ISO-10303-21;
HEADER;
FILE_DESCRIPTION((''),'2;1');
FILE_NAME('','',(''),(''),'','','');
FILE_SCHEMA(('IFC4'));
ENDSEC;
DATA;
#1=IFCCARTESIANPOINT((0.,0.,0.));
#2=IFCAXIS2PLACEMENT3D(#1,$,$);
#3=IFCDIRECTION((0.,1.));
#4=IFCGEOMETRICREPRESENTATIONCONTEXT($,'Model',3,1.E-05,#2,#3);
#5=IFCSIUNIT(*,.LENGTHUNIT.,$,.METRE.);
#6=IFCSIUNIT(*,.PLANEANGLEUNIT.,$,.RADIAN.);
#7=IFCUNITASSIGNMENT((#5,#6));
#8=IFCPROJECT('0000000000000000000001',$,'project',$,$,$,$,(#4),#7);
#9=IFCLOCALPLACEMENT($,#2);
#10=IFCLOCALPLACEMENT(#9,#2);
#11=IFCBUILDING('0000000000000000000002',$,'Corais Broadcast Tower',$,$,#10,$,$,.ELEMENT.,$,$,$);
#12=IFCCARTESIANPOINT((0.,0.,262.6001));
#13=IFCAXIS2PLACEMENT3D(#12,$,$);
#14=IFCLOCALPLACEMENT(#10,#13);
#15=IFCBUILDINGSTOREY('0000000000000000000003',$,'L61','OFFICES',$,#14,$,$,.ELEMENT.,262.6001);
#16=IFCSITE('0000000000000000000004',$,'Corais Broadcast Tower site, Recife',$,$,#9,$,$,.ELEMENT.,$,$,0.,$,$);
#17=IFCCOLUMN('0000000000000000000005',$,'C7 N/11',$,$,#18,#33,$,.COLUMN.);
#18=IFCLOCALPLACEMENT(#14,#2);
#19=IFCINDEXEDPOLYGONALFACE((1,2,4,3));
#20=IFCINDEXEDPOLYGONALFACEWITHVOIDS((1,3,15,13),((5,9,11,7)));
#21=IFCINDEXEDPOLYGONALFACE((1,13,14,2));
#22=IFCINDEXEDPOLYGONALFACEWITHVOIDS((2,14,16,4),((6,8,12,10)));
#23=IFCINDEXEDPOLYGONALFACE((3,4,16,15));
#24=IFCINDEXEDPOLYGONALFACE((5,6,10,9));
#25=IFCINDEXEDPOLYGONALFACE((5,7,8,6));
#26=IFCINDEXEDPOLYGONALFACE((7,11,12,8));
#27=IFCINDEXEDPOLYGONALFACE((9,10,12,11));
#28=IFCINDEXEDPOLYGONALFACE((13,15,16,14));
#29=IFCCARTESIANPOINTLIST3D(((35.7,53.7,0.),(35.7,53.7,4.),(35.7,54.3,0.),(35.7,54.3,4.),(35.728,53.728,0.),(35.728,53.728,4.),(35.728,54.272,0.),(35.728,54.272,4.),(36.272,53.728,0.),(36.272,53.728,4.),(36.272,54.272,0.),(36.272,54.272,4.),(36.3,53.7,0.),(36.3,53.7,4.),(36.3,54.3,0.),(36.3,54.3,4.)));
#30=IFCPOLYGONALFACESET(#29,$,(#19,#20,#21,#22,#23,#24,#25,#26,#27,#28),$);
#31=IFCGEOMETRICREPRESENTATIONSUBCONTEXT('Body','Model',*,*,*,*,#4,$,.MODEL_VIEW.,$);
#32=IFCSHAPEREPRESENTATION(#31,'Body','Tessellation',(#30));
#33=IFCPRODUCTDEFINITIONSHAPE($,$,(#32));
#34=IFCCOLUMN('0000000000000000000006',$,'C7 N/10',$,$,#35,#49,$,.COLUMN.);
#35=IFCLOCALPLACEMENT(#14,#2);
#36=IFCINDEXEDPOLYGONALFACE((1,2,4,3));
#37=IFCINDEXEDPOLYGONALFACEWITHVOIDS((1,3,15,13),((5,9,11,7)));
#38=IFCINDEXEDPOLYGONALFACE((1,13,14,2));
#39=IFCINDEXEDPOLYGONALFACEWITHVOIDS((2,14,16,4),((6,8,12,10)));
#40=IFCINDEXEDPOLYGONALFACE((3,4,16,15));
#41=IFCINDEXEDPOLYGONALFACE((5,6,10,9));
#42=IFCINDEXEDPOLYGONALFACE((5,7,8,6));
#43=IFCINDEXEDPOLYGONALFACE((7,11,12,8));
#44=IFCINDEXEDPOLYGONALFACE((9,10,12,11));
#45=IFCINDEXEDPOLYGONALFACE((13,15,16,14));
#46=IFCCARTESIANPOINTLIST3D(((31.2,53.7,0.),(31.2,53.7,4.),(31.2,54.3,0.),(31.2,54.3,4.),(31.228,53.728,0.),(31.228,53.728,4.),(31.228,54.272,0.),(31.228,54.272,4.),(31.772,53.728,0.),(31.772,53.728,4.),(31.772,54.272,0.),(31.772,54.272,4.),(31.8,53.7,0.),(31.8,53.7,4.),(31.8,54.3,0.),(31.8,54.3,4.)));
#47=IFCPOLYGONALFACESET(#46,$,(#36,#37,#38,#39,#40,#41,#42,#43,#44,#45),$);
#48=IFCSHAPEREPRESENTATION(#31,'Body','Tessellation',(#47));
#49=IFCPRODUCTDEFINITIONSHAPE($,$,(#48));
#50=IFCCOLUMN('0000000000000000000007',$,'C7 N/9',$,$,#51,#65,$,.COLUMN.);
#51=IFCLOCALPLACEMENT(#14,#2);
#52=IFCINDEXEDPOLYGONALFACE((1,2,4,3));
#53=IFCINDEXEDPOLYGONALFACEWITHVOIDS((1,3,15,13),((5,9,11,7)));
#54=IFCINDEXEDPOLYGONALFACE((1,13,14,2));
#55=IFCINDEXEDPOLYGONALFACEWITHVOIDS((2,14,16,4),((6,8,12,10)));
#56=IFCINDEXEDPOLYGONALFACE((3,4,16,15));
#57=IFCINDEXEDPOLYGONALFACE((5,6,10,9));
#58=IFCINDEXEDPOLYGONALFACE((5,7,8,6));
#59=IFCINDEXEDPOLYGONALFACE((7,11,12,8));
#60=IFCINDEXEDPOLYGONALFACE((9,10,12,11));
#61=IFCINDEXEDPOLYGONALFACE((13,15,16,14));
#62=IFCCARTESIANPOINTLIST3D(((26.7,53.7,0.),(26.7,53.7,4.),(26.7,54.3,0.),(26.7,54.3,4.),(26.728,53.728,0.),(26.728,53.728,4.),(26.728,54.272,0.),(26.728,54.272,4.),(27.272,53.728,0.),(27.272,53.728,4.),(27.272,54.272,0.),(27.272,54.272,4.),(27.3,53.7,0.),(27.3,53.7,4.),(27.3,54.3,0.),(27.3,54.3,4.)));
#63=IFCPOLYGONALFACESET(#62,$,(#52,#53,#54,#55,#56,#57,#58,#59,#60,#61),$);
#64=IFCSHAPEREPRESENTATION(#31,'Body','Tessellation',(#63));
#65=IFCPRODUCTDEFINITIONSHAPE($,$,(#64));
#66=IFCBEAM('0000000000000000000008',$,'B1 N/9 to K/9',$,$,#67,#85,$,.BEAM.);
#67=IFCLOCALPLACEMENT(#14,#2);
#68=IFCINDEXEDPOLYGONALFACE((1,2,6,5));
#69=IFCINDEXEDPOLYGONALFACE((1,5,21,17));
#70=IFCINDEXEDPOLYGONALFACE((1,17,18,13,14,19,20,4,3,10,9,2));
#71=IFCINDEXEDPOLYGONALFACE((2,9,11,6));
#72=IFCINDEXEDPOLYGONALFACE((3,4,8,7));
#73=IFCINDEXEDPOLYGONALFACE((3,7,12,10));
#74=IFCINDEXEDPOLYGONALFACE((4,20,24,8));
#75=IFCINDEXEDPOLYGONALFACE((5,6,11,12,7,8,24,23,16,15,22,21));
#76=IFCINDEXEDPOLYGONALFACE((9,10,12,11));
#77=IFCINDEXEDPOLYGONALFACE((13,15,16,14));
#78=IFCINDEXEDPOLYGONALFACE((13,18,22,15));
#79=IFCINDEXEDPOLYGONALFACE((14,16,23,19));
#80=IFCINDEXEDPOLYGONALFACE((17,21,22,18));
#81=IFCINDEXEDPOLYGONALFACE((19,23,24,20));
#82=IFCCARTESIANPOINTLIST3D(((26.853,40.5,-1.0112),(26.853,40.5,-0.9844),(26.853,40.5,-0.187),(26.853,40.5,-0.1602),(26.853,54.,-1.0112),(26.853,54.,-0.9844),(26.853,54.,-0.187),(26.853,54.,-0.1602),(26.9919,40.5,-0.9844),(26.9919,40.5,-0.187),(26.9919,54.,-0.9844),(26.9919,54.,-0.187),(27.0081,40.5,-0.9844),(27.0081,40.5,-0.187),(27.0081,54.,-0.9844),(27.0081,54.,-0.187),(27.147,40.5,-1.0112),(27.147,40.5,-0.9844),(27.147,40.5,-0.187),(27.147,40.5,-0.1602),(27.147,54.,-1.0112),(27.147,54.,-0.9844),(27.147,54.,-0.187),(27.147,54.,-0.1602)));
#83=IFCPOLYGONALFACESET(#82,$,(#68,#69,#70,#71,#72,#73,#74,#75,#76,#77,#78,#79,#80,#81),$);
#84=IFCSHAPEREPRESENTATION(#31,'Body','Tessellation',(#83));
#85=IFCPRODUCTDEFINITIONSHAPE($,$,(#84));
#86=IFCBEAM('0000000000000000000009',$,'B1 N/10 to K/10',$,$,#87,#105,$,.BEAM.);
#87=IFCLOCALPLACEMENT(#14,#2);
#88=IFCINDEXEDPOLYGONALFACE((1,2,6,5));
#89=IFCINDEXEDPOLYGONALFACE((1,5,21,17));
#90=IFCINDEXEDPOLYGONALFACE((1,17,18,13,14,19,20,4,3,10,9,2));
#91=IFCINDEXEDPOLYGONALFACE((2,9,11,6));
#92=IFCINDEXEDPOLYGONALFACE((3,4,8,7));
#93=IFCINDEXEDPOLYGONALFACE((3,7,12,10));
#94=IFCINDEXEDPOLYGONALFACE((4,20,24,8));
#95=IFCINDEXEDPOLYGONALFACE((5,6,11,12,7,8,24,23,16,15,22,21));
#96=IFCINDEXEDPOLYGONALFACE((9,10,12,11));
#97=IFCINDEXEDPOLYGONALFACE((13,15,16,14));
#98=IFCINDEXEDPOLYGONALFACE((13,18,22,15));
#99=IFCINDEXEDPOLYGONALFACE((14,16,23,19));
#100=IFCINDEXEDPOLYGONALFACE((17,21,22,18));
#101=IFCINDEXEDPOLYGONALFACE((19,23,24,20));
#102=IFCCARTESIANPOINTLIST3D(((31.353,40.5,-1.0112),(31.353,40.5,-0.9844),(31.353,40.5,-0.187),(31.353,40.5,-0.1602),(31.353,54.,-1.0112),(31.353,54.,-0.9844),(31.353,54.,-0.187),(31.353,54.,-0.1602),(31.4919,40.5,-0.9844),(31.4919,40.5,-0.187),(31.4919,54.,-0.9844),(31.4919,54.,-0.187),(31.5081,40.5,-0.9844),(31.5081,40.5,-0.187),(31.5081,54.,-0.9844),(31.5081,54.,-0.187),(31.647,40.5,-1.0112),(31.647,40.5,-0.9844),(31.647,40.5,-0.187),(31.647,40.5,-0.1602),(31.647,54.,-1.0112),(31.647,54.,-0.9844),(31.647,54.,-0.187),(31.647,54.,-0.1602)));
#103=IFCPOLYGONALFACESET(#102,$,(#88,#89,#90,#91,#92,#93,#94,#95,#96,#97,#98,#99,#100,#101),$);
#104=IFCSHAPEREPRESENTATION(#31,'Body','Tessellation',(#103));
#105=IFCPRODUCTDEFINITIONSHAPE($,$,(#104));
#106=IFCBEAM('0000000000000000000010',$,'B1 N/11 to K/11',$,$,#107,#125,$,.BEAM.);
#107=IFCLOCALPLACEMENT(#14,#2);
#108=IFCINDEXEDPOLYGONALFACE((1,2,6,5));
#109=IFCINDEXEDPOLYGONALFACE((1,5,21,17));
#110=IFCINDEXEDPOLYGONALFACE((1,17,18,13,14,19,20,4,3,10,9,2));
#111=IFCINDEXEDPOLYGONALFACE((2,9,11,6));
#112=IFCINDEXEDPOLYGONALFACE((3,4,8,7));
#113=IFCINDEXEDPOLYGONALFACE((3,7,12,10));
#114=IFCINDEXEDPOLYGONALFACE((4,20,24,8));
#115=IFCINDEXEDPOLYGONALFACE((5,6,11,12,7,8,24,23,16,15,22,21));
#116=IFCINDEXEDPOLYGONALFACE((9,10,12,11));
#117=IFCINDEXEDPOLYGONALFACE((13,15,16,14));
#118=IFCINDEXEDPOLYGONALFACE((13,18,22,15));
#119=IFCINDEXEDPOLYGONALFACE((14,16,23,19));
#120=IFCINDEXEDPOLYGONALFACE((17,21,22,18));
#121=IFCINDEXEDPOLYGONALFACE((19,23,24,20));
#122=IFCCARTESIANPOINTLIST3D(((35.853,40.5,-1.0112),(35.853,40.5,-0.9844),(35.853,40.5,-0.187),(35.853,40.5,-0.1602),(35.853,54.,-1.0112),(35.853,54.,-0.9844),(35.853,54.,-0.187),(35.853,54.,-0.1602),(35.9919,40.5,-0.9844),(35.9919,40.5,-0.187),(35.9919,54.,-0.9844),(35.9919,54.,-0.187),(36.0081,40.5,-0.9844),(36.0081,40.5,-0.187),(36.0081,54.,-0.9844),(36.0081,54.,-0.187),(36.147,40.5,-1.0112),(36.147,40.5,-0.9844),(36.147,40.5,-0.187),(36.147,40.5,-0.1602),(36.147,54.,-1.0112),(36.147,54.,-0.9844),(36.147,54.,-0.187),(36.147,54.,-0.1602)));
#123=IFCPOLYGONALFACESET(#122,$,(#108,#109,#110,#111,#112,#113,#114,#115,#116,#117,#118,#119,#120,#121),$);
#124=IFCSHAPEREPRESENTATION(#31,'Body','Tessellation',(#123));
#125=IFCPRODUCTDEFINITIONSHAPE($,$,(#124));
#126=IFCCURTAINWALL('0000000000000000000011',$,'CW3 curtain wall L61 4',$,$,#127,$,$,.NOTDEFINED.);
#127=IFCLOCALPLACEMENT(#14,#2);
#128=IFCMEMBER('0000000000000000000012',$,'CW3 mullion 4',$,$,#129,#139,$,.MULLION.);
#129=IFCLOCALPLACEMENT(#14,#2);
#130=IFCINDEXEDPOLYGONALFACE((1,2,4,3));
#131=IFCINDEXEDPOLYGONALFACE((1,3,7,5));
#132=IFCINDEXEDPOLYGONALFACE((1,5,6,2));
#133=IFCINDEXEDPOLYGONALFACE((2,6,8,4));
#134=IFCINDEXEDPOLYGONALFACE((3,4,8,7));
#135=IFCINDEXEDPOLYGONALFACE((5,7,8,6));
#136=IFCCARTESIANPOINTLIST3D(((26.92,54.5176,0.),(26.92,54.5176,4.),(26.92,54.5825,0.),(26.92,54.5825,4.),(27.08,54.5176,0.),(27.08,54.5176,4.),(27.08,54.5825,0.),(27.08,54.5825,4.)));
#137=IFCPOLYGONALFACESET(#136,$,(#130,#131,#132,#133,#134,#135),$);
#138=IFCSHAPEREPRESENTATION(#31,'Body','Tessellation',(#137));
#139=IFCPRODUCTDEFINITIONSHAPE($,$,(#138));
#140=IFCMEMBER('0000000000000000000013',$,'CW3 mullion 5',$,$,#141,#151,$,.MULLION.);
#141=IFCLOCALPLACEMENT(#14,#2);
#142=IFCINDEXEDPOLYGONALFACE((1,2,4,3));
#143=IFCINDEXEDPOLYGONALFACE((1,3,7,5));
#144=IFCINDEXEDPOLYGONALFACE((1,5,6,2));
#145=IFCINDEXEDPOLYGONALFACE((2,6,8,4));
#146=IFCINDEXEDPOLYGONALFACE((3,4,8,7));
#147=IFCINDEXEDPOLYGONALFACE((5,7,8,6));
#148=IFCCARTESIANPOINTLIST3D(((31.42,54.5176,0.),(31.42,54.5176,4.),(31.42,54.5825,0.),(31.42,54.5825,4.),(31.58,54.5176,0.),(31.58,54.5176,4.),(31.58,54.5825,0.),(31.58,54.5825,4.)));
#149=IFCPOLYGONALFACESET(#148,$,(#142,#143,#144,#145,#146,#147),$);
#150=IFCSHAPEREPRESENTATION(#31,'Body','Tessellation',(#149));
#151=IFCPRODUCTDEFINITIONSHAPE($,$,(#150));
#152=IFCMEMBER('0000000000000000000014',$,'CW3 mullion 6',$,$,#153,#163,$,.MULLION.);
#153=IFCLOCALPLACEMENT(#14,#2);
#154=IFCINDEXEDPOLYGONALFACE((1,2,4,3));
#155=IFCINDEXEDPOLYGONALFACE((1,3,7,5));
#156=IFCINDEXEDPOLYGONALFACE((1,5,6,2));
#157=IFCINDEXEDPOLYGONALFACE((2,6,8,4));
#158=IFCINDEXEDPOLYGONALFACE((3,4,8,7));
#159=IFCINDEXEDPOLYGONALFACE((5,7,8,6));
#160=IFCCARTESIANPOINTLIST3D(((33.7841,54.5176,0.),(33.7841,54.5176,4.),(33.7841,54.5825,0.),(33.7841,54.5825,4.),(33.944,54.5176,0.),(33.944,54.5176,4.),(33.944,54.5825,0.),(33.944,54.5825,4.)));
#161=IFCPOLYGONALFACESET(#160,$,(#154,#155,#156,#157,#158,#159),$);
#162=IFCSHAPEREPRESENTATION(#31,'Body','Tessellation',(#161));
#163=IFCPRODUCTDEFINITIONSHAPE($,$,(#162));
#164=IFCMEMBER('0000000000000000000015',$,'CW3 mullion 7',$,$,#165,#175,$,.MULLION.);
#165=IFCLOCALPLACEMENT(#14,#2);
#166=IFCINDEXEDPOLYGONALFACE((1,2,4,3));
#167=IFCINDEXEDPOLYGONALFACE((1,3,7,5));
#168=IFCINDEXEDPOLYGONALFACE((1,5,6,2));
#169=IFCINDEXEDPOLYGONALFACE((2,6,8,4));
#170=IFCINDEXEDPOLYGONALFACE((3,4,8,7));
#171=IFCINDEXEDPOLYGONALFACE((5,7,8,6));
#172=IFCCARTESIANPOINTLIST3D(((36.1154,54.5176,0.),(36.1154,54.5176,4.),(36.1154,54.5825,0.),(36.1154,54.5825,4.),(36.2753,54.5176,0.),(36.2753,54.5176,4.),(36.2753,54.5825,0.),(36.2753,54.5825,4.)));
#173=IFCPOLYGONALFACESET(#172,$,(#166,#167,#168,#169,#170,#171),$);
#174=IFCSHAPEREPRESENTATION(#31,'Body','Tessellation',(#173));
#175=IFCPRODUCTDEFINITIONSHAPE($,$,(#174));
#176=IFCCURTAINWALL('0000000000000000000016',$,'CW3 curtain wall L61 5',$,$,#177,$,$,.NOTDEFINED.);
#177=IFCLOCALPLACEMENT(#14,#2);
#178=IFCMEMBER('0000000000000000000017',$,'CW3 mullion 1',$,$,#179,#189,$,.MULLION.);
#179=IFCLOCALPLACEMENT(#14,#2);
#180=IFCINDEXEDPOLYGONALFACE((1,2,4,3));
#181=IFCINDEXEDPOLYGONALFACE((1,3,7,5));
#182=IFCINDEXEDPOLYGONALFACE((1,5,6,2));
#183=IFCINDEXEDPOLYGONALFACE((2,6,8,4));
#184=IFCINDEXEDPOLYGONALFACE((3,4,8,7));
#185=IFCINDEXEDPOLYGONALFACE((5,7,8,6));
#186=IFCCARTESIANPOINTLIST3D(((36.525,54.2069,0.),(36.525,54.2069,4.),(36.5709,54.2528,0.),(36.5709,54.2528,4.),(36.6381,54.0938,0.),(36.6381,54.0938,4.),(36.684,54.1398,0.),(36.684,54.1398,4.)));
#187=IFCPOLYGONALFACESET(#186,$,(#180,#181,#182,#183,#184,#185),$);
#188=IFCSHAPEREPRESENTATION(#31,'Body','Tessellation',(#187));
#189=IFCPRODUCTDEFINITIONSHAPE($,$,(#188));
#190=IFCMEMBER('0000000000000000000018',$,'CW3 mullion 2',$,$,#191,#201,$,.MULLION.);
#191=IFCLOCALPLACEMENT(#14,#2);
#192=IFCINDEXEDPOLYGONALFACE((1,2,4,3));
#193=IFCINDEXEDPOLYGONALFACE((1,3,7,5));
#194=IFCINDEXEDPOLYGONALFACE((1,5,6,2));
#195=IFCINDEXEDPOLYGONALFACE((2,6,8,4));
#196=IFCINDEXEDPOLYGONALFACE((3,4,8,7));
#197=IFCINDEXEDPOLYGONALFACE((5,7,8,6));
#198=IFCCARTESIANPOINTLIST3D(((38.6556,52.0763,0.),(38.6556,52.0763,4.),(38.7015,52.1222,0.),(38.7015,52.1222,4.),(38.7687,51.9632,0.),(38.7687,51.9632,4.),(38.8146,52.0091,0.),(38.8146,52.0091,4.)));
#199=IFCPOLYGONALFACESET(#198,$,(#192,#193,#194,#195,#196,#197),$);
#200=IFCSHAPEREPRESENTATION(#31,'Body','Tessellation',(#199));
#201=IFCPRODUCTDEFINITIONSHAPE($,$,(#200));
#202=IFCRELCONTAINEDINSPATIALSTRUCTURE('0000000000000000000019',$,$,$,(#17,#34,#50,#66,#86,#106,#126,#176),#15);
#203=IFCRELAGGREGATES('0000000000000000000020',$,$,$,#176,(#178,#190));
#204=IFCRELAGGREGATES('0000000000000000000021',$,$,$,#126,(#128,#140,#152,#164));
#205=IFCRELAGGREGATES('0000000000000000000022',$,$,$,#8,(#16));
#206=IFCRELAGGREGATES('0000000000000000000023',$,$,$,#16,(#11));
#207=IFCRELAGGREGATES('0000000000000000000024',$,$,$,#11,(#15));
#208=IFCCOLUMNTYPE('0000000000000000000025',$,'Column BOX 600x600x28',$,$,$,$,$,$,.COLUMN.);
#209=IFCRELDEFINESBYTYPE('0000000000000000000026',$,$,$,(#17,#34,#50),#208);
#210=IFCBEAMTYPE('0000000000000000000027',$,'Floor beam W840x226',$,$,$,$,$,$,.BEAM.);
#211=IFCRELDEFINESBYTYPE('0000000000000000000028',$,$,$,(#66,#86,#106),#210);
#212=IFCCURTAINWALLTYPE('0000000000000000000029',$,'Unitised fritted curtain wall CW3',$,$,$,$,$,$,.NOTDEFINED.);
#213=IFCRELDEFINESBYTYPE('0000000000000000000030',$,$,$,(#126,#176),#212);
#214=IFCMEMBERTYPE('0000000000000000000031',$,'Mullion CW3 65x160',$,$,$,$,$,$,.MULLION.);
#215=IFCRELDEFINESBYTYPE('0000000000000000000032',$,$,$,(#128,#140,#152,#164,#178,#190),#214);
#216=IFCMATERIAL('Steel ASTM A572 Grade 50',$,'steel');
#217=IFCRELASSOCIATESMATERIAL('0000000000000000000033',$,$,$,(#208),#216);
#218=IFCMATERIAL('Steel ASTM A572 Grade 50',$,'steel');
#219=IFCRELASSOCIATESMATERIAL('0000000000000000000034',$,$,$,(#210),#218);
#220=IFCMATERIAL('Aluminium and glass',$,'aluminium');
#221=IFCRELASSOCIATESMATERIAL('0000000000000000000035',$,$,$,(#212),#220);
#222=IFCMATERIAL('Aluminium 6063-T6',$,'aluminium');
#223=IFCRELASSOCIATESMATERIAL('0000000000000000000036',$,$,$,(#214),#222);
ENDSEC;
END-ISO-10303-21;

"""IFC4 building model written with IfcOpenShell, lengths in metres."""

from ifc_helpers import new_model, si_unit, direction, frame, origin, origin_2d, place, context, subcontext, project, spatial, rectangle, hollow_rectangle, i_section, extrude, material, material_profile, profile_set, type_object, element, aggregate, save


model = new_model("IFC4")

# Units and contexts
model_context = context("Model", 3, precision=1e-05, world=origin(), true_north=direction((0.0, 1.0)))
body_context = subcontext(model_context, "Body", "Model", "MODEL_VIEW")
ifc_project = project(units=[si_unit("LENGTHUNIT", "METRE"), si_unit("PLANEANGLEUNIT", "RADIAN")], contexts=[model_context])

# Site, building, storey
site_placement = place(None, origin())
site = spatial("IfcSite", under=ifc_project, at=site_placement, Name="Corais Broadcast Tower site, Recife", CompositionType="ELEMENT", RefElevation=0.0)
building_placement = place(site_placement, origin())
building = spatial("IfcBuilding", under=site, at=building_placement, Name="Corais Broadcast Tower", CompositionType="ELEMENT")
storey_placement = place(building_placement, frame((0.0, 0.0, 262.6001)))
storey = spatial("IfcBuildingStorey", under=building, at=storey_placement, Name="L61", Description="OFFICES", CompositionType="ELEMENT", Elevation=262.6001)

# Columns
ifc_material_1 = material(Name="Steel ASTM A572 Grade 50", Category="steel")
ifc_material_profile_1 = material_profile(ifc_material_1, hollow_rectangle(XDim=0.6001, YDim=0.6001, WallThickness=0.0281, at=origin_2d()), Name="BOX 600x600x28")
ifc_profile_set_1 = profile_set([ifc_material_profile_1], Name="Steel ASTM A572 Grade 50")
column_type = type_object("IfcColumnType", Name="Column BOX 600x600x28", PredefinedType="COLUMN", material=ifc_profile_set_1)
for number, where, z_axis, x_axis, name in (
    (1, (36.0, 54.0, 0.0), (0.0, 0.0, 1.0), (1.0, 0.0, 0.0), "C7 N/11"),
    (2, (31.5, 54.0, 0.0), (0.0, 0.0, 1.0), (1.0, 0.0, 0.0), "C7 N/10"),
    (3, (27.0, 54.0, 0.0), (0.0, 0.0, 1.0), (1.0, 0.0, 0.0), "C7 N/9"),
):
    element("IfcColumn", number, at=place(storey_placement, frame(where, z_axis=z_axis, x_axis=x_axis)), inside=storey, type_object=column_type, Name=name, PredefinedType="COLUMN", context=body_context, shape_type="SweptSolid", body=[
        extrude(hollow_rectangle(XDim=0.6001, YDim=0.6001, WallThickness=0.0281, at=origin_2d()), origin(), (0.0, 0.0, 1.0), 4.0),
    ])

# Beams
ifc_material_2 = material(Name="Steel ASTM A572 Grade 50", Category="steel")
ifc_material_profile_2 = material_profile(ifc_material_2, i_section(OverallWidth=0.2939, OverallDepth=0.8511, WebThickness=0.0161, FlangeThickness=0.0269, at=origin_2d()), Name="W840x226")
ifc_profile_set_2 = profile_set([ifc_material_profile_2], Name="Steel ASTM A572 Grade 50")
beam_type_1 = type_object("IfcBeamType", Name="Floor beam W840x226", PredefinedType="BEAM", material=ifc_profile_set_2)
for number, where, z_axis, x_axis, name in (
    (4, (27.0, 54.0, -0.5857), (0.0, -1.0, 0.0), (1.0, 0.0, 0.0), "B1 N/9 to K/9"),
    (5, (31.5, 54.0, -0.5857), (0.0, -1.0, 0.0), (1.0, 0.0, 0.0), "B1 N/10 to K/10"),
    (6, (36.0, 54.0, -0.5857), (0.0, -1.0, 0.0), (1.0, 0.0, 0.0), "B1 N/11 to K/11"),
):
    element("IfcBeam", number, at=place(storey_placement, frame(where, z_axis=z_axis, x_axis=x_axis)), inside=storey, type_object=beam_type_1, Name=name, PredefinedType="BEAM", context=body_context, shape_type="SweptSolid", body=[
        extrude(i_section(OverallWidth=0.2939, OverallDepth=0.8511, WebThickness=0.0161, FlangeThickness=0.0269, at=origin_2d()), origin(), (0.0, 0.0, 1.0), 13.5),
    ])

# Curtain walls, members
ifc_material_3 = material(Name="Aluminium and glass", Category="aluminium")
curtain_wall_type = type_object("IfcCurtainWallType", Name="Unitised fritted curtain wall CW3", PredefinedType="NOTDEFINED", material=ifc_material_3)
curtain_wall_1_placement = place(storey_placement, origin())
curtain_wall_1 = element("IfcCurtainWall", 7, at=curtain_wall_1_placement, inside=storey, type_object=curtain_wall_type, Name="CW3 curtain wall L61 4", PredefinedType="NOTDEFINED")
ifc_material_4 = material(Name="Aluminium 6063-T6", Category="aluminium")
ifc_material_profile_3 = material_profile(ifc_material_4, rectangle(XDim=0.0649, YDim=0.1599, at=origin_2d()), Name="Mullion CW3 65x160")
ifc_profile_set_3 = profile_set([ifc_material_profile_3], Name="Aluminium 6063-T6")
member_type_1 = type_object("IfcMemberType", Name="Mullion CW3 65x160", PredefinedType="MULLION", material=ifc_profile_set_3)
member_1_placement = place(storey_placement, frame((27.0, 54.55, 0.0), z_axis=(0.0, 0.0, 1.0), x_axis=(0.0, 1.0, 0.0)))
member_1 = element("IfcMember", 8, at=member_1_placement, type_object=member_type_1, Name="CW3 mullion 4", PredefinedType="MULLION", context=body_context, shape_type="SweptSolid", body=[
    extrude(rectangle(XDim=0.0649, YDim=0.1599, at=origin_2d()), origin(), (0.0, 0.0, 1.0), 4.0),
])
member_2_placement = place(storey_placement, frame((31.5, 54.55, 0.0), z_axis=(0.0, 0.0, 1.0), x_axis=(0.0, 1.0, 0.0)))
member_2 = element("IfcMember", 9, at=member_2_placement, type_object=member_type_1, Name="CW3 mullion 5", PredefinedType="MULLION", context=body_context, shape_type="SweptSolid", body=[
    extrude(rectangle(XDim=0.0649, YDim=0.1599, at=origin_2d()), origin(), (0.0, 0.0, 1.0), 4.0),
])
member_3_placement = place(storey_placement, frame((33.864, 54.55, 0.0), z_axis=(0.0, 0.0, 1.0), x_axis=(0.0, 1.0, 0.0)))
member_3 = element("IfcMember", 10, at=member_3_placement, type_object=member_type_1, Name="CW3 mullion 6", PredefinedType="MULLION", context=body_context, shape_type="SweptSolid", body=[
    extrude(rectangle(XDim=0.0649, YDim=0.1599, at=origin_2d()), origin(), (0.0, 0.0, 1.0), 4.0),
])
member_4_placement = place(storey_placement, frame((36.1953, 54.55, 0.0), z_axis=(0.0, 0.0, 1.0), x_axis=(0.0, 1.0, 0.0)))
member_4 = element("IfcMember", 11, at=member_4_placement, type_object=member_type_1, Name="CW3 mullion 7", PredefinedType="MULLION", context=body_context, shape_type="SweptSolid", body=[
    extrude(rectangle(XDim=0.0649, YDim=0.1599, at=origin_2d()), origin(), (0.0, 0.0, 1.0), 4.0),
])
curtain_wall_2_placement = place(storey_placement, origin())
curtain_wall_2 = element("IfcCurtainWall", 12, at=curtain_wall_2_placement, inside=storey, type_object=curtain_wall_type, Name="CW3 curtain wall L61 5", PredefinedType="NOTDEFINED")
member_5_placement = place(storey_placement, frame((36.6045, 54.1733, 0.0), z_axis=(0.0, 0.0, 1.0), x_axis=(0.707107, 0.707107, 0.0)))
member_5 = element("IfcMember", 13, at=member_5_placement, type_object=member_type_1, Name="CW3 mullion 1", PredefinedType="MULLION", context=body_context, shape_type="SweptSolid", body=[
    extrude(rectangle(XDim=0.0649, YDim=0.1599, at=origin_2d()), origin(), (0.0, 0.0, 1.0), 4.0),
])
member_6_placement = place(storey_placement, frame((38.7351, 52.0427, 0.0), z_axis=(0.0, 0.0, 1.0), x_axis=(0.707107, 0.707107, 0.0)))
member_6 = element("IfcMember", 14, at=member_6_placement, type_object=member_type_1, Name="CW3 mullion 2", PredefinedType="MULLION", context=body_context, shape_type="SweptSolid", body=[
    extrude(rectangle(XDim=0.0649, YDim=0.1599, at=origin_2d()), origin(), (0.0, 0.0, 1.0), 4.0),
])

aggregate(curtain_wall_2, [member_5, member_6])
aggregate(curtain_wall_1, [member_1, member_2, member_3, member_4])

save(model, "model.ifc")
